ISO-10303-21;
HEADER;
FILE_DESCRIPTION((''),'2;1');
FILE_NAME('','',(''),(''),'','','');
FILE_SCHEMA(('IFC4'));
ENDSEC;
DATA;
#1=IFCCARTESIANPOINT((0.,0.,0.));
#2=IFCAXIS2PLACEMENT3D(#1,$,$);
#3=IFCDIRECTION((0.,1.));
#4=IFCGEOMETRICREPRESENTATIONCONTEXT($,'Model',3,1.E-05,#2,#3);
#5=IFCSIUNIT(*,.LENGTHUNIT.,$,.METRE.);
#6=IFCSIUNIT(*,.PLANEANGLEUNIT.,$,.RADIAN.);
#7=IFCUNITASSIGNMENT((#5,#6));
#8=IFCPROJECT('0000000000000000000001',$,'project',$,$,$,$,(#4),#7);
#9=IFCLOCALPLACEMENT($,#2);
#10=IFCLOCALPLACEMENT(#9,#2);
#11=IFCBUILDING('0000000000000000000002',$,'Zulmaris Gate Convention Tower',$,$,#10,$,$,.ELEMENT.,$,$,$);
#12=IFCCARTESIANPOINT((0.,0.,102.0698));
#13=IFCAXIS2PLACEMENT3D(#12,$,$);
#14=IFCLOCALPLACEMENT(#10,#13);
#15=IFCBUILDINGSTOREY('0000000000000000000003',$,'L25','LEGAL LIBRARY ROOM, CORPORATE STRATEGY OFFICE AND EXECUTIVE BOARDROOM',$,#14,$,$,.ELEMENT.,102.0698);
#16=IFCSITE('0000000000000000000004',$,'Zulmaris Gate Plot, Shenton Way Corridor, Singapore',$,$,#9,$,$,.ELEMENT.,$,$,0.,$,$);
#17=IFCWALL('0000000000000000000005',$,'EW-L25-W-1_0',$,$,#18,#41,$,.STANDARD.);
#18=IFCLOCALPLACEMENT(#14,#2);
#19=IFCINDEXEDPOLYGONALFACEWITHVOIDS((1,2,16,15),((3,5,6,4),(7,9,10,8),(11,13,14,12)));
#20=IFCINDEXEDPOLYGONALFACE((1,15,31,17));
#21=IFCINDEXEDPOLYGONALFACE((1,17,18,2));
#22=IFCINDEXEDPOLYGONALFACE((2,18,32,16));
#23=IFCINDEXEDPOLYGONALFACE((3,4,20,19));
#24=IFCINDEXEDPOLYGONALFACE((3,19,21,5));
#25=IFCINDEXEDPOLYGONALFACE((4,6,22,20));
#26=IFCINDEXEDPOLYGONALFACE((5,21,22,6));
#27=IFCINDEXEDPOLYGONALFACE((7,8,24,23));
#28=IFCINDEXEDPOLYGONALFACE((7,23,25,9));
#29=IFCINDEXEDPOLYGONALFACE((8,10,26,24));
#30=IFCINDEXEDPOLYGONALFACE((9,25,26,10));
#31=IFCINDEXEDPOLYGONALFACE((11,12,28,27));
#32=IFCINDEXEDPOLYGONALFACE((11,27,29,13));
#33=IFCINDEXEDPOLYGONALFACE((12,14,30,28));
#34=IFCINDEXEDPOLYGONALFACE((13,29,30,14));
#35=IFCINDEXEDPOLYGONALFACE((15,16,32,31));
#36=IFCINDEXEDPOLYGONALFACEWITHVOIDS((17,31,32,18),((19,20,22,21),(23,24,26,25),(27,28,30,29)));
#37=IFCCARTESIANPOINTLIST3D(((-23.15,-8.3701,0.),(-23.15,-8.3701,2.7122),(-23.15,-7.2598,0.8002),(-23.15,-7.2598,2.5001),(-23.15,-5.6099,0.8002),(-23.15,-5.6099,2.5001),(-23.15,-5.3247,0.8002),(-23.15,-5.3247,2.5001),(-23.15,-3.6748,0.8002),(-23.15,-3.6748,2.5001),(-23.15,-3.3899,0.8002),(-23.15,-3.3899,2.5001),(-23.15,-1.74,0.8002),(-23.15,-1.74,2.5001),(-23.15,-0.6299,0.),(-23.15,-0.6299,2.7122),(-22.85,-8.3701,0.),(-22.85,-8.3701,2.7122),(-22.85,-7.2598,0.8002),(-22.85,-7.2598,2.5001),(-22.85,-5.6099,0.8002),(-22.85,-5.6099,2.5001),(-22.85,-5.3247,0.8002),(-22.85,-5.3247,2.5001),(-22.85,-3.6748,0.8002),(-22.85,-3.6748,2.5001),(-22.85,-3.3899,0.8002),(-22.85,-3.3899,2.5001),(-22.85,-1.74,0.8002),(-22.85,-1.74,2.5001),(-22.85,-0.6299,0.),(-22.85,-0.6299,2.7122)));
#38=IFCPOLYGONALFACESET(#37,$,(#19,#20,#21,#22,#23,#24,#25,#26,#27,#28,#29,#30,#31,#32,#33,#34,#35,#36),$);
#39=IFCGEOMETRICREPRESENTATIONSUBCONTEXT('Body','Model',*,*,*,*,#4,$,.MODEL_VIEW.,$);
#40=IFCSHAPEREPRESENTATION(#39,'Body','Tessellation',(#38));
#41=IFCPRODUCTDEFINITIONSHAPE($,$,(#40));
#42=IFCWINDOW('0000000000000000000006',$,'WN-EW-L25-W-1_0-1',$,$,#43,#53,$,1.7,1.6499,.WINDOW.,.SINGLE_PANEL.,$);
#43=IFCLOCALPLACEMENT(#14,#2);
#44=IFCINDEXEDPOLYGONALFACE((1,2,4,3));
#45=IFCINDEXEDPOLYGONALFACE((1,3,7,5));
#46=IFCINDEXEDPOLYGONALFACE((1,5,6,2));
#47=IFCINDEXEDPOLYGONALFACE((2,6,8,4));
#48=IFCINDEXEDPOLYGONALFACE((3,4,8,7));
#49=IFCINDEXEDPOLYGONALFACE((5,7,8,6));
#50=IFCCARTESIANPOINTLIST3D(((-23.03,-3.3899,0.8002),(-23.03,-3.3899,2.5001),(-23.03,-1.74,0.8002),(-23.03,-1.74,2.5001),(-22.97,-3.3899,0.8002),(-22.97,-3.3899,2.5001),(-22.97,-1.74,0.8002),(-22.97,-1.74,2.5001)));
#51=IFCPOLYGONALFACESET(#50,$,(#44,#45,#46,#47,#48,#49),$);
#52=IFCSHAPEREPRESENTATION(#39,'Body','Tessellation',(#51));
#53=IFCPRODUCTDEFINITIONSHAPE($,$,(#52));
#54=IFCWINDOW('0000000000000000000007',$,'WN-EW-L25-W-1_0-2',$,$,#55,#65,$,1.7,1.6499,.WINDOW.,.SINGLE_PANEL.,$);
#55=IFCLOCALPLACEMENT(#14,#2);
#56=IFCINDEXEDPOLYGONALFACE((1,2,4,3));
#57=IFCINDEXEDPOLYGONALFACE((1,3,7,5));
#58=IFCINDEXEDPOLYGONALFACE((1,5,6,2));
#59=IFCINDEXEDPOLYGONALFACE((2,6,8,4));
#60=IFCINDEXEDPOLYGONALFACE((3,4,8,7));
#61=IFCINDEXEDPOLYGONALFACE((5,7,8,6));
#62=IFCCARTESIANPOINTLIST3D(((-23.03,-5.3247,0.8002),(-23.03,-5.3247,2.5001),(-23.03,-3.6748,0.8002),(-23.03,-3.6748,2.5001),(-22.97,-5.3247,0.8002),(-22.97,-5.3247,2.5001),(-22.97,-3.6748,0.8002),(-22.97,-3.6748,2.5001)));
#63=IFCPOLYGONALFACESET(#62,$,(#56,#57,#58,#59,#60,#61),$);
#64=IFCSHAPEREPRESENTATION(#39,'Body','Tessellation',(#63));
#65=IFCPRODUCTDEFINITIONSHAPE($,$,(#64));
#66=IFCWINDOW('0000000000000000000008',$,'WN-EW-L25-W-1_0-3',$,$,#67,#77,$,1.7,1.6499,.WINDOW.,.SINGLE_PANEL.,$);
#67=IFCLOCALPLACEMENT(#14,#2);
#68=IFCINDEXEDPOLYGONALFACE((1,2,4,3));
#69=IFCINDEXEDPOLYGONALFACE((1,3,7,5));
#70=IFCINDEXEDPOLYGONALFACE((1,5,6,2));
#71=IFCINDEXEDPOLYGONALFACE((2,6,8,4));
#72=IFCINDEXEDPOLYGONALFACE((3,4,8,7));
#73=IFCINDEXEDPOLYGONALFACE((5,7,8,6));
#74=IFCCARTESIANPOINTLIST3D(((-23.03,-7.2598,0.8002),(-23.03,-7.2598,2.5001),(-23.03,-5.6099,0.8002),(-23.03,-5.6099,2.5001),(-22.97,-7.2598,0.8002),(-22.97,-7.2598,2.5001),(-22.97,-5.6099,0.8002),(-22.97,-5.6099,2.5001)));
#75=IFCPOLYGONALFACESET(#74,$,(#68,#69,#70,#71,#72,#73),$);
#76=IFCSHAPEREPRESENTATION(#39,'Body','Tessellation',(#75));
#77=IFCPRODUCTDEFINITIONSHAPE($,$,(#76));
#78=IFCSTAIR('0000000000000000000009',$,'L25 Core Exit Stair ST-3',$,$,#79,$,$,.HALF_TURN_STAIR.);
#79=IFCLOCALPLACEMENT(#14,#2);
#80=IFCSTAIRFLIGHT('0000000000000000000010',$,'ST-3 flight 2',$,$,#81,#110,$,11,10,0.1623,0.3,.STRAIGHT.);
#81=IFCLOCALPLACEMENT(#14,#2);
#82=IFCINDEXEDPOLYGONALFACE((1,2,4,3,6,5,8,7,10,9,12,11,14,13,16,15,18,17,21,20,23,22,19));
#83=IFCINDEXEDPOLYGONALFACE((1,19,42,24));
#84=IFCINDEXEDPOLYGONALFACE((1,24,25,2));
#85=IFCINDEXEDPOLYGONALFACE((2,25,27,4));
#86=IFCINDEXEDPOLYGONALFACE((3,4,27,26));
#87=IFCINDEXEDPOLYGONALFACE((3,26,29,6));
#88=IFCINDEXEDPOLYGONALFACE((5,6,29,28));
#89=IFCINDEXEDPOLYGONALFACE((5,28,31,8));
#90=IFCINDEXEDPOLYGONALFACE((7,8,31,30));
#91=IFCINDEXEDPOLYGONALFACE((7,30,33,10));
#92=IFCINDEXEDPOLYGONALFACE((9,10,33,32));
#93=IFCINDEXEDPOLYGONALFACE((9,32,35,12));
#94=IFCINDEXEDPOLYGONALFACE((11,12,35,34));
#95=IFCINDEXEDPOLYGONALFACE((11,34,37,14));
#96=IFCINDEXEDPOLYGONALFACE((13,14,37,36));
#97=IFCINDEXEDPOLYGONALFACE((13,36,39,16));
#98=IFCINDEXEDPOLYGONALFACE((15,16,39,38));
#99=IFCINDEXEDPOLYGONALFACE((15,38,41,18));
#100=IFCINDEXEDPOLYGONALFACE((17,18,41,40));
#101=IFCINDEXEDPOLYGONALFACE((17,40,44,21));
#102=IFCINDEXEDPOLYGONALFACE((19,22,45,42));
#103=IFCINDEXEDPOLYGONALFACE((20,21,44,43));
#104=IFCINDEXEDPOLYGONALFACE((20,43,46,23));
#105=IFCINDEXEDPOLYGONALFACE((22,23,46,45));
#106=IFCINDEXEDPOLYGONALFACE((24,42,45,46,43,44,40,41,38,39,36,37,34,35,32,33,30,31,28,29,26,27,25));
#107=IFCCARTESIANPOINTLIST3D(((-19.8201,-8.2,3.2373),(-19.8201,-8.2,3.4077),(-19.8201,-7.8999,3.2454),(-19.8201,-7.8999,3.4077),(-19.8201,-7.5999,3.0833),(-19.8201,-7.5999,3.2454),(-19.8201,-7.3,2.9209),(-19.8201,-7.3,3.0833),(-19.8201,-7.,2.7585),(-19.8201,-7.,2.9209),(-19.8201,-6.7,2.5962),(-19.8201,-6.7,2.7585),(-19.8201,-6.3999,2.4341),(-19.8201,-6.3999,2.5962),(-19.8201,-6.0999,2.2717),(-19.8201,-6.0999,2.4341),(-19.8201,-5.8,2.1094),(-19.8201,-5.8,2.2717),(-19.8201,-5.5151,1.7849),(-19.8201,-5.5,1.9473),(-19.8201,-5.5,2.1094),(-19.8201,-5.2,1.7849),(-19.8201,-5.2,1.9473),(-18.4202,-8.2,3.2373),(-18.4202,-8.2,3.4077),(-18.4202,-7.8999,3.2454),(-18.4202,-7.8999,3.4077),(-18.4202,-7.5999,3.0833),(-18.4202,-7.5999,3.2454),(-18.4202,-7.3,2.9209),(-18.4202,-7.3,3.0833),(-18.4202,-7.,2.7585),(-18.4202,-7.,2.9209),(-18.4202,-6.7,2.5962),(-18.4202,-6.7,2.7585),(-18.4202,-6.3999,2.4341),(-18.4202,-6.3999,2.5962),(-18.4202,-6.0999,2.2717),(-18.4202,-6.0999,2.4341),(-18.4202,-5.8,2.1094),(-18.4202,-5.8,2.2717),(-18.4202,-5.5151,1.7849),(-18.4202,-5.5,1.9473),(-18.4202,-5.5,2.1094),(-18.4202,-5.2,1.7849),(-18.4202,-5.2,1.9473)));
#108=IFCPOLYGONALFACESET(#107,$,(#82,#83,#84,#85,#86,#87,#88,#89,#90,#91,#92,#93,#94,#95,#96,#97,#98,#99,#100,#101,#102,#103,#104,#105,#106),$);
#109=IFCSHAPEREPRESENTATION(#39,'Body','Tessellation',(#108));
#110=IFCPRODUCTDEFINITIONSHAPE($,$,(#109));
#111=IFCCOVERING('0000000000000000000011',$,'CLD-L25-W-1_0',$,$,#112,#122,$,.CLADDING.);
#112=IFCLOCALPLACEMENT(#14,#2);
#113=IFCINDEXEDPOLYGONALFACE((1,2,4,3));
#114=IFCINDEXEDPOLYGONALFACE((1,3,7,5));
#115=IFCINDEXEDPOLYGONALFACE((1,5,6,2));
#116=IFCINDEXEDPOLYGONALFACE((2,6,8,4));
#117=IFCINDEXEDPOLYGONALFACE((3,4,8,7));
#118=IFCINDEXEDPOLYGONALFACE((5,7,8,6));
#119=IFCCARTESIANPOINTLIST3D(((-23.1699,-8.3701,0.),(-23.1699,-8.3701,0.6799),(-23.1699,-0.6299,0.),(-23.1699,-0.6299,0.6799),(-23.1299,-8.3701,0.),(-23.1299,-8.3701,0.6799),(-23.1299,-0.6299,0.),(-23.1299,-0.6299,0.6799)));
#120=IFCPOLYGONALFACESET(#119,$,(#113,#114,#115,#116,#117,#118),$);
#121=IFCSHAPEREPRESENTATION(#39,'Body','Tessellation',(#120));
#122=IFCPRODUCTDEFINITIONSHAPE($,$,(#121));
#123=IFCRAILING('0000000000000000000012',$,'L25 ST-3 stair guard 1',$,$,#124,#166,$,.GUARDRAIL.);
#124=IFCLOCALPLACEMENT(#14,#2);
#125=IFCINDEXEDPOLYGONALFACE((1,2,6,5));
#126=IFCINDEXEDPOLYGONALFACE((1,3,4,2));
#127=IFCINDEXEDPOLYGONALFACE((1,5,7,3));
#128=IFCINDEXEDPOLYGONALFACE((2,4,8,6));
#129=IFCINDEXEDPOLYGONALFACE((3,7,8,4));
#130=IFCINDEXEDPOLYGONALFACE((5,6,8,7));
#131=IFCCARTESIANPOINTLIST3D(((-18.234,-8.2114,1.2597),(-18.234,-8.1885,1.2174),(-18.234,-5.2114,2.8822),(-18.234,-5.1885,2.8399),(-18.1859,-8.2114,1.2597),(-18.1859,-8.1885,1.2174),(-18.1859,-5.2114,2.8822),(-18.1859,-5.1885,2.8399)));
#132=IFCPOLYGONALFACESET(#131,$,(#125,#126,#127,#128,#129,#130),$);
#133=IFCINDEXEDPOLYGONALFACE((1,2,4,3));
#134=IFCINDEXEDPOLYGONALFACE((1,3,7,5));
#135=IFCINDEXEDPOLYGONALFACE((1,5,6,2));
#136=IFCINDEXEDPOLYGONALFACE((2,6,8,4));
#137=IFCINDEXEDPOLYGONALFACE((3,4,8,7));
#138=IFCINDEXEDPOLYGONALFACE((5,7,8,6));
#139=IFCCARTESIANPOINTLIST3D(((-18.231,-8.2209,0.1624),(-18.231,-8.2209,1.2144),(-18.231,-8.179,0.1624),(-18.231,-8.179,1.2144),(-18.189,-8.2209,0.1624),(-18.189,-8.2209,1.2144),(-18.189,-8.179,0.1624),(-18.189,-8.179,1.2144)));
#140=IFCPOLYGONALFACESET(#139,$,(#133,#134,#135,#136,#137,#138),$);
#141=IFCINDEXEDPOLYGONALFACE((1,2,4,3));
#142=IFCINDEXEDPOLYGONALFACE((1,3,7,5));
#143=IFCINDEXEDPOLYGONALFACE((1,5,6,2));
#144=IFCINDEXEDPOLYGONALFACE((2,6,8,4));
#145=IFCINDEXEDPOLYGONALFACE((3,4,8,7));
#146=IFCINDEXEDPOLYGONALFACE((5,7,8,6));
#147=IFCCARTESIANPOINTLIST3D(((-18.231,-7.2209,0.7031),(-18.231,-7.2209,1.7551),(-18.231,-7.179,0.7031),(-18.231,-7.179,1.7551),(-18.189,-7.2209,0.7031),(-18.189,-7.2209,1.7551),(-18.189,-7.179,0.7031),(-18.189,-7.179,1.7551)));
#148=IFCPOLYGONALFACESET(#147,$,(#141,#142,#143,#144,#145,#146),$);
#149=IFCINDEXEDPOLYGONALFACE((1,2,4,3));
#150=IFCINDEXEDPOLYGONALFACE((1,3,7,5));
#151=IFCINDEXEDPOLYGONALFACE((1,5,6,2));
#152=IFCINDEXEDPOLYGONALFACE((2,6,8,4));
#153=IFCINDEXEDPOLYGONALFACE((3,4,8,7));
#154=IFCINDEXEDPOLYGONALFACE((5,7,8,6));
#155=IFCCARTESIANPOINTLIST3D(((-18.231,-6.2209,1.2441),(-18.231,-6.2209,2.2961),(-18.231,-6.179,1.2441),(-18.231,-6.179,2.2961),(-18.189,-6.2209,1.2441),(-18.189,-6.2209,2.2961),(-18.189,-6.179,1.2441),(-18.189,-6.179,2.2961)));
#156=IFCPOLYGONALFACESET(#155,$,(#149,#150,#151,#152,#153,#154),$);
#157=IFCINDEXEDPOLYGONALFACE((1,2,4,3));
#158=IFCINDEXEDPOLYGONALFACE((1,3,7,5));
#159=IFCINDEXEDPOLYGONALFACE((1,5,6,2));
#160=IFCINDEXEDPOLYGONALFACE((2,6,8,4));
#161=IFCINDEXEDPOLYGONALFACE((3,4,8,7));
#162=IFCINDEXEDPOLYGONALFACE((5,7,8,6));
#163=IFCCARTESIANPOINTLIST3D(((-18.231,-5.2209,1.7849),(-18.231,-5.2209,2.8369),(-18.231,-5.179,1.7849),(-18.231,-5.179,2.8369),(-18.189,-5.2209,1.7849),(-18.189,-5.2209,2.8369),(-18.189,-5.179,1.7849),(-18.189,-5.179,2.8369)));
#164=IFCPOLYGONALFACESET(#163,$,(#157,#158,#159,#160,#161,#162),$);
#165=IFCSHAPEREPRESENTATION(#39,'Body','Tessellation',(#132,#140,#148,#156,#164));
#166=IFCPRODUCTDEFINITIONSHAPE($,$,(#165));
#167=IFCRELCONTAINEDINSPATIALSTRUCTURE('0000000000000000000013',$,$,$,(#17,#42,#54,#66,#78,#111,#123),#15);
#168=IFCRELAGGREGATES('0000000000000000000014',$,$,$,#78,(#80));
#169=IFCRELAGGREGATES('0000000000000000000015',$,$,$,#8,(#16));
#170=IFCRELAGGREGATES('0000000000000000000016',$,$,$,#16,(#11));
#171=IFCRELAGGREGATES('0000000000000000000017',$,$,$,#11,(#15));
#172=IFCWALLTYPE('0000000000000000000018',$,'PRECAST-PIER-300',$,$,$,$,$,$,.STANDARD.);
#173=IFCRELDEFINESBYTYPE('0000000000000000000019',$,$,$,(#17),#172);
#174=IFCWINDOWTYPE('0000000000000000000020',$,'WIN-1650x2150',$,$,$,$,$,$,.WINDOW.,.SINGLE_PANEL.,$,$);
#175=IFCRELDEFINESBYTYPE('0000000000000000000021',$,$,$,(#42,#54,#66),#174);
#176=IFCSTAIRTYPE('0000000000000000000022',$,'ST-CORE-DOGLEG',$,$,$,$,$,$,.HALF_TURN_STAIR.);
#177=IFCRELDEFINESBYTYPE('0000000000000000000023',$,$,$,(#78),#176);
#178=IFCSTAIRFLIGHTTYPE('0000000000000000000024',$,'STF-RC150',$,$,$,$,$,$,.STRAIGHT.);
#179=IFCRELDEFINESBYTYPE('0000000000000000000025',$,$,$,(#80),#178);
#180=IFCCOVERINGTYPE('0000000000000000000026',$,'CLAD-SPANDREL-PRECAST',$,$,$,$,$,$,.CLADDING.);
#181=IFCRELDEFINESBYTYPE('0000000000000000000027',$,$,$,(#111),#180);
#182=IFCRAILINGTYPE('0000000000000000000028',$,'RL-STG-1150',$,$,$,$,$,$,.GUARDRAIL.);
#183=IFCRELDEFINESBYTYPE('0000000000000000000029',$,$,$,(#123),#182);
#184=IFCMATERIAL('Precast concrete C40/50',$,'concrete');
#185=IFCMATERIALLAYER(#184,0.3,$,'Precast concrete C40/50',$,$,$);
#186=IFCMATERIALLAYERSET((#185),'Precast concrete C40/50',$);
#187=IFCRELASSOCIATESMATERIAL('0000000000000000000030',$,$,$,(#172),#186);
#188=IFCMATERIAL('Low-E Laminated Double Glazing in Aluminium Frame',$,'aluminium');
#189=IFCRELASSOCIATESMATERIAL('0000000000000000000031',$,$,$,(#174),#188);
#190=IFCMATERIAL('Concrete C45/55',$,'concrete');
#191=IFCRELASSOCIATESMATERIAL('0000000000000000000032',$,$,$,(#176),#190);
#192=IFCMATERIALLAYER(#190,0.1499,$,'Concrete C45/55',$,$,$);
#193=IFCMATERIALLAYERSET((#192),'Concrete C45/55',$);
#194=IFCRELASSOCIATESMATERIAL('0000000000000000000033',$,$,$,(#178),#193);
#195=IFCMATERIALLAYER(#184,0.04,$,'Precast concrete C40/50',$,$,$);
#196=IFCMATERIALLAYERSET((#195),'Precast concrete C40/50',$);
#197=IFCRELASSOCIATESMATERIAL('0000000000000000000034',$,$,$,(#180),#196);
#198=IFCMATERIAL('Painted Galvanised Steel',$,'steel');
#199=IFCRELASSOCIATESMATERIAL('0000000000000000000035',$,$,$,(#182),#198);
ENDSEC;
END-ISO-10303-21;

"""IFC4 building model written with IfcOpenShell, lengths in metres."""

from ifc_helpers import new_model, si_unit, direction, frame, frame_2d, origin, origin_2d, place, context, subcontext, project, spatial, polyline, rectangle, outline, extrude, material, layer, layer_set, type_object, element, fill, aggregate, save


model = new_model("IFC4")

# Units and contexts
model_context = context("Model", 3, precision=1e-05, world=origin(), true_north=direction((0.0, 1.0)))
body_context = subcontext(model_context, "Body", "Model", "MODEL_VIEW")
ifc_project = project(units=[si_unit("LENGTHUNIT", "METRE"), si_unit("PLANEANGLEUNIT", "RADIAN")], contexts=[model_context])

# Site, building, storey
site_placement = place(None, origin())
site = spatial("IfcSite", under=ifc_project, at=site_placement, Name="Zulmaris Gate Plot, Shenton Way Corridor, Singapore", CompositionType="ELEMENT", RefElevation=0.0)
building_placement = place(site_placement, origin())
building = spatial("IfcBuilding", under=site, at=building_placement, Name="Zulmaris Gate Convention Tower", CompositionType="ELEMENT")
storey_placement = place(building_placement, frame((0.0, 0.0, 102.0698)))
storey = spatial("IfcBuildingStorey", under=building, at=storey_placement, Name="L25", Description="LEGAL LIBRARY ROOM, CORPORATE STRATEGY OFFICE AND EXECUTIVE BOARDROOM", CompositionType="ELEMENT", Elevation=102.0698)

# Wall, openings, windows
ifc_material_1 = material(Name="Precast concrete C40/50", Category="concrete")
ifc_layer_1 = layer(ifc_material_1, 0.3, Name="Precast concrete C40/50")
ifc_layer_set_1 = layer_set([ifc_layer_1], Name="Precast concrete C40/50")
wall_type_1 = type_object("IfcWallType", Name="PRECAST-PIER-300", PredefinedType="STANDARD", material=ifc_layer_set_1)
wall_1_placement = place(storey_placement, frame((-23.0, -0.6299, 0.0), z_axis=(0.0, 0.0, 1.0), x_axis=(0.0, -1.0, 0.0)))
wall_1 = element("IfcWall", 1, at=wall_1_placement, inside=storey, type_object=wall_type_1, Name="EW-L25-W-1_0", PredefinedType="STANDARD", context=body_context, shape_type="SweptSolid", body=[
    extrude(rectangle(XDim=7.7402, YDim=0.3, at=frame_2d((3.8701, 0.0))), origin(), (0.0, 0.0, 1.0), 2.7122),
])
opening_1_placement = place(wall_1_placement, frame((1.1101, 0.0, 0.8)))
opening_1 = element("IfcOpeningElement", 2, at=opening_1_placement, cuts=wall_1, PredefinedType="OPENING", context=body_context, shape_type="SweptSolid", body=[
    extrude(rectangle(XDim=1.6499, YDim=1.7, at=frame_2d((0.825, 0.8501))), frame((0.0, 0.1602, 0.0), z_axis=(0.0, -1.0, 0.0), x_axis=(1.0, 0.0, 0.0)), (0.0, 0.0, 1.0), 0.3201),
])
opening_2_placement = place(wall_1_placement, frame((3.0449, 0.0, 0.8)))
opening_2 = element("IfcOpeningElement", 3, at=opening_2_placement, cuts=wall_1, PredefinedType="OPENING", context=body_context, shape_type="SweptSolid", body=[
    extrude(rectangle(XDim=1.6499, YDim=1.7, at=frame_2d((0.825, 0.8501))), frame((0.0, 0.1602, 0.0), z_axis=(0.0, -1.0, 0.0), x_axis=(1.0, 0.0, 0.0)), (0.0, 0.0, 1.0), 0.3201),
])
opening_3_placement = place(wall_1_placement, frame((4.98, 0.0, 0.8)))
opening_3 = element("IfcOpeningElement", 4, at=opening_3_placement, cuts=wall_1, PredefinedType="OPENING", context=body_context, shape_type="SweptSolid", body=[
    extrude(rectangle(XDim=1.6499, YDim=1.7, at=frame_2d((0.825, 0.8501))), frame((0.0, 0.1602, 0.0), z_axis=(0.0, -1.0, 0.0), x_axis=(1.0, 0.0, 0.0)), (0.0, 0.0, 1.0), 0.3201),
])
ifc_material_2 = material(Name="Low-E Laminated Double Glazing in Aluminium Frame", Category="aluminium")
window_type = type_object("IfcWindowType", Name="WIN-1650x2150", PartitioningType="SINGLE_PANEL", PredefinedType="WINDOW", material=ifc_material_2)
window_1_placement = place(opening_1_placement, origin())
window_1 = element("IfcWindow", 5, at=window_1_placement, inside=storey, type_object=window_type, Name="WN-EW-L25-W-1_0-1", OverallHeight=1.7, OverallWidth=1.6499, PartitioningType="SINGLE_PANEL", PredefinedType="WINDOW", context=body_context, shape_type="SweptSolid", body=[
    extrude(rectangle(XDim=1.6499, YDim=1.7, at=frame_2d((0.825, 0.8501))), frame((0.0, 0.03, 0.0), z_axis=(0.0, -1.0, 0.0), x_axis=(1.0, 0.0, 0.0)), (0.0, 0.0, 1.0), 0.0601),
])
fill(opening_1, window_1)
window_2_placement = place(opening_2_placement, origin())
window_2 = element("IfcWindow", 6, at=window_2_placement, inside=storey, type_object=window_type, Name="WN-EW-L25-W-1_0-2", OverallHeight=1.7, OverallWidth=1.6499, PartitioningType="SINGLE_PANEL", PredefinedType="WINDOW", context=body_context, shape_type="SweptSolid", body=[
    extrude(rectangle(XDim=1.6499, YDim=1.7, at=frame_2d((0.825, 0.8501))), frame((0.0, 0.03, 0.0), z_axis=(0.0, -1.0, 0.0), x_axis=(1.0, 0.0, 0.0)), (0.0, 0.0, 1.0), 0.0601),
])
fill(opening_2, window_2)
window_3_placement = place(opening_3_placement, origin())
window_3 = element("IfcWindow", 7, at=window_3_placement, inside=storey, type_object=window_type, Name="WN-EW-L25-W-1_0-3", OverallHeight=1.7, OverallWidth=1.6499, PartitioningType="SINGLE_PANEL", PredefinedType="WINDOW", context=body_context, shape_type="SweptSolid", body=[
    extrude(rectangle(XDim=1.6499, YDim=1.7, at=frame_2d((0.825, 0.8501))), frame((0.0, 0.03, 0.0), z_axis=(0.0, -1.0, 0.0), x_axis=(1.0, 0.0, 0.0)), (0.0, 0.0, 1.0), 0.0601),
])
fill(opening_3, window_3)

# Stair, stair flight
ifc_material_3 = material(Name="Concrete C45/55", Category="concrete")
stair_type = type_object("IfcStairType", Name="ST-CORE-DOGLEG", PredefinedType="HALF_TURN_STAIR", material=ifc_material_3)
stair_placement = place(storey_placement, origin())
stair = element("IfcStair", 8, at=stair_placement, inside=storey, type_object=stair_type, Name="L25 Core Exit Stair ST-3", PredefinedType="HALF_TURN_STAIR")
ifc_layer_2 = layer(ifc_material_3, 0.1499, Name="Concrete C45/55")
ifc_layer_set_2 = layer_set([ifc_layer_2], Name="Concrete C45/55")
stair_flight_type = type_object("IfcStairFlightType", Name="STF-RC150", PredefinedType="STRAIGHT", material=ifc_layer_set_2)
stair_flight_placement = place(storey_placement, frame((-19.1201, -5.2, 1.7849), z_axis=(0.0, 0.0, 1.0), x_axis=(0.0, -1.0, 0.0)))
stair_flight = element("IfcStairFlight", 9, at=stair_flight_placement, type_object=stair_flight_type, Name="ST-3 flight 2", NumberOfRisers=11, NumberOfTreads=10, PredefinedType="STRAIGHT", RiserHeight=0.1623, TreadLength=0.3, context=body_context, shape_type="SweptSolid", body=[
    extrude(outline(polyline([(0.0, 0.0), (0.0, 0.1624), (0.3, 0.1624), (0.3, 0.3245), (0.6001, 0.3245), (0.6001, 0.4868), (0.8999, 0.4868), (0.8999, 0.6492), (1.2, 0.6492), (1.2, 0.8113), (1.5, 0.8113), (1.5, 0.9736), (1.8, 0.9736), (1.8, 1.136), (2.1001, 1.136), (2.1001, 1.2983), (2.3999, 1.2983), (2.3999, 1.4604), (2.7, 1.4604), (2.7, 1.6228), (3.0, 1.6228), (3.0, 1.7852), (3.0, 1.4524), (0.3152, 0.0), (0.0, 0.0)])), frame((0.0, 0.7, 0.0), z_axis=(0.0, -1.0, 0.0), x_axis=(1.0, 0.0, 0.0)), (0.0, 0.0, 1.0), 1.3999),
])
aggregate(stair, [stair_flight])

# Covering
ifc_layer_3 = layer(ifc_material_1, 0.04, Name="Precast concrete C40/50")
ifc_layer_set_3 = layer_set([ifc_layer_3], Name="Precast concrete C40/50")
covering_type = type_object("IfcCoveringType", Name="CLAD-SPANDREL-PRECAST", PredefinedType="CLADDING", material=ifc_layer_set_3)
covering_placement = place(storey_placement, frame((-23.1499, -0.6299, 0.0), z_axis=(0.0, 0.0, 1.0), x_axis=(0.0, -1.0, 0.0)))
element("IfcCovering", 10, at=covering_placement, inside=storey, type_object=covering_type, Name="CLD-L25-W-1_0", PredefinedType="CLADDING", context=body_context, shape_type="SweptSolid", body=[
    extrude(rectangle(XDim=7.7402, YDim=0.04, at=frame_2d((3.8701, 0.0))), origin(), (0.0, 0.0, 1.0), 0.6799),
])

# Railing
ifc_material_4 = material(Name="Painted Galvanised Steel", Category="steel")
railing_type_1 = type_object("IfcRailingType", Name="RL-STG-1150", PredefinedType="GUARDRAIL", material=ifc_material_4)
railing_1_placement = place(storey_placement, frame((-18.21, -8.2, 0.1624)))
element("IfcRailing", 11, at=railing_1_placement, inside=storey, type_object=railing_type_1, Name="L25 ST-3 stair guard 1", PredefinedType="GUARDRAIL", context=body_context, shape_type="SweptSolid", body=[
    extrude(rectangle(XDim=0.0481, YDim=0.0481, at=origin_2d()), frame((0.0, 0.0, 1.0762), z_axis=(0.0, 0.879592, 0.47573), x_axis=(-1.0, 0.0, 0.0)), (0.0, 0.0, 1.0), 3.4106),
    extrude(rectangle(XDim=0.042, YDim=0.042, at=origin_2d()), origin(), (0.0, 0.0, 1.0), 1.052),
    extrude(rectangle(XDim=0.042, YDim=0.042, at=origin_2d()), frame((0.0, 1.0, 0.5408)), (0.0, 0.0, 1.0), 1.052),
    extrude(rectangle(XDim=0.042, YDim=0.042, at=origin_2d()), frame((0.0, 2.0, 1.0818)), (0.0, 0.0, 1.0), 1.052),
    extrude(rectangle(XDim=0.042, YDim=0.042, at=origin_2d()), frame((0.0, 3.0, 1.6226)), (0.0, 0.0, 1.0), 1.052),
])

save(model, "model.ifc")
